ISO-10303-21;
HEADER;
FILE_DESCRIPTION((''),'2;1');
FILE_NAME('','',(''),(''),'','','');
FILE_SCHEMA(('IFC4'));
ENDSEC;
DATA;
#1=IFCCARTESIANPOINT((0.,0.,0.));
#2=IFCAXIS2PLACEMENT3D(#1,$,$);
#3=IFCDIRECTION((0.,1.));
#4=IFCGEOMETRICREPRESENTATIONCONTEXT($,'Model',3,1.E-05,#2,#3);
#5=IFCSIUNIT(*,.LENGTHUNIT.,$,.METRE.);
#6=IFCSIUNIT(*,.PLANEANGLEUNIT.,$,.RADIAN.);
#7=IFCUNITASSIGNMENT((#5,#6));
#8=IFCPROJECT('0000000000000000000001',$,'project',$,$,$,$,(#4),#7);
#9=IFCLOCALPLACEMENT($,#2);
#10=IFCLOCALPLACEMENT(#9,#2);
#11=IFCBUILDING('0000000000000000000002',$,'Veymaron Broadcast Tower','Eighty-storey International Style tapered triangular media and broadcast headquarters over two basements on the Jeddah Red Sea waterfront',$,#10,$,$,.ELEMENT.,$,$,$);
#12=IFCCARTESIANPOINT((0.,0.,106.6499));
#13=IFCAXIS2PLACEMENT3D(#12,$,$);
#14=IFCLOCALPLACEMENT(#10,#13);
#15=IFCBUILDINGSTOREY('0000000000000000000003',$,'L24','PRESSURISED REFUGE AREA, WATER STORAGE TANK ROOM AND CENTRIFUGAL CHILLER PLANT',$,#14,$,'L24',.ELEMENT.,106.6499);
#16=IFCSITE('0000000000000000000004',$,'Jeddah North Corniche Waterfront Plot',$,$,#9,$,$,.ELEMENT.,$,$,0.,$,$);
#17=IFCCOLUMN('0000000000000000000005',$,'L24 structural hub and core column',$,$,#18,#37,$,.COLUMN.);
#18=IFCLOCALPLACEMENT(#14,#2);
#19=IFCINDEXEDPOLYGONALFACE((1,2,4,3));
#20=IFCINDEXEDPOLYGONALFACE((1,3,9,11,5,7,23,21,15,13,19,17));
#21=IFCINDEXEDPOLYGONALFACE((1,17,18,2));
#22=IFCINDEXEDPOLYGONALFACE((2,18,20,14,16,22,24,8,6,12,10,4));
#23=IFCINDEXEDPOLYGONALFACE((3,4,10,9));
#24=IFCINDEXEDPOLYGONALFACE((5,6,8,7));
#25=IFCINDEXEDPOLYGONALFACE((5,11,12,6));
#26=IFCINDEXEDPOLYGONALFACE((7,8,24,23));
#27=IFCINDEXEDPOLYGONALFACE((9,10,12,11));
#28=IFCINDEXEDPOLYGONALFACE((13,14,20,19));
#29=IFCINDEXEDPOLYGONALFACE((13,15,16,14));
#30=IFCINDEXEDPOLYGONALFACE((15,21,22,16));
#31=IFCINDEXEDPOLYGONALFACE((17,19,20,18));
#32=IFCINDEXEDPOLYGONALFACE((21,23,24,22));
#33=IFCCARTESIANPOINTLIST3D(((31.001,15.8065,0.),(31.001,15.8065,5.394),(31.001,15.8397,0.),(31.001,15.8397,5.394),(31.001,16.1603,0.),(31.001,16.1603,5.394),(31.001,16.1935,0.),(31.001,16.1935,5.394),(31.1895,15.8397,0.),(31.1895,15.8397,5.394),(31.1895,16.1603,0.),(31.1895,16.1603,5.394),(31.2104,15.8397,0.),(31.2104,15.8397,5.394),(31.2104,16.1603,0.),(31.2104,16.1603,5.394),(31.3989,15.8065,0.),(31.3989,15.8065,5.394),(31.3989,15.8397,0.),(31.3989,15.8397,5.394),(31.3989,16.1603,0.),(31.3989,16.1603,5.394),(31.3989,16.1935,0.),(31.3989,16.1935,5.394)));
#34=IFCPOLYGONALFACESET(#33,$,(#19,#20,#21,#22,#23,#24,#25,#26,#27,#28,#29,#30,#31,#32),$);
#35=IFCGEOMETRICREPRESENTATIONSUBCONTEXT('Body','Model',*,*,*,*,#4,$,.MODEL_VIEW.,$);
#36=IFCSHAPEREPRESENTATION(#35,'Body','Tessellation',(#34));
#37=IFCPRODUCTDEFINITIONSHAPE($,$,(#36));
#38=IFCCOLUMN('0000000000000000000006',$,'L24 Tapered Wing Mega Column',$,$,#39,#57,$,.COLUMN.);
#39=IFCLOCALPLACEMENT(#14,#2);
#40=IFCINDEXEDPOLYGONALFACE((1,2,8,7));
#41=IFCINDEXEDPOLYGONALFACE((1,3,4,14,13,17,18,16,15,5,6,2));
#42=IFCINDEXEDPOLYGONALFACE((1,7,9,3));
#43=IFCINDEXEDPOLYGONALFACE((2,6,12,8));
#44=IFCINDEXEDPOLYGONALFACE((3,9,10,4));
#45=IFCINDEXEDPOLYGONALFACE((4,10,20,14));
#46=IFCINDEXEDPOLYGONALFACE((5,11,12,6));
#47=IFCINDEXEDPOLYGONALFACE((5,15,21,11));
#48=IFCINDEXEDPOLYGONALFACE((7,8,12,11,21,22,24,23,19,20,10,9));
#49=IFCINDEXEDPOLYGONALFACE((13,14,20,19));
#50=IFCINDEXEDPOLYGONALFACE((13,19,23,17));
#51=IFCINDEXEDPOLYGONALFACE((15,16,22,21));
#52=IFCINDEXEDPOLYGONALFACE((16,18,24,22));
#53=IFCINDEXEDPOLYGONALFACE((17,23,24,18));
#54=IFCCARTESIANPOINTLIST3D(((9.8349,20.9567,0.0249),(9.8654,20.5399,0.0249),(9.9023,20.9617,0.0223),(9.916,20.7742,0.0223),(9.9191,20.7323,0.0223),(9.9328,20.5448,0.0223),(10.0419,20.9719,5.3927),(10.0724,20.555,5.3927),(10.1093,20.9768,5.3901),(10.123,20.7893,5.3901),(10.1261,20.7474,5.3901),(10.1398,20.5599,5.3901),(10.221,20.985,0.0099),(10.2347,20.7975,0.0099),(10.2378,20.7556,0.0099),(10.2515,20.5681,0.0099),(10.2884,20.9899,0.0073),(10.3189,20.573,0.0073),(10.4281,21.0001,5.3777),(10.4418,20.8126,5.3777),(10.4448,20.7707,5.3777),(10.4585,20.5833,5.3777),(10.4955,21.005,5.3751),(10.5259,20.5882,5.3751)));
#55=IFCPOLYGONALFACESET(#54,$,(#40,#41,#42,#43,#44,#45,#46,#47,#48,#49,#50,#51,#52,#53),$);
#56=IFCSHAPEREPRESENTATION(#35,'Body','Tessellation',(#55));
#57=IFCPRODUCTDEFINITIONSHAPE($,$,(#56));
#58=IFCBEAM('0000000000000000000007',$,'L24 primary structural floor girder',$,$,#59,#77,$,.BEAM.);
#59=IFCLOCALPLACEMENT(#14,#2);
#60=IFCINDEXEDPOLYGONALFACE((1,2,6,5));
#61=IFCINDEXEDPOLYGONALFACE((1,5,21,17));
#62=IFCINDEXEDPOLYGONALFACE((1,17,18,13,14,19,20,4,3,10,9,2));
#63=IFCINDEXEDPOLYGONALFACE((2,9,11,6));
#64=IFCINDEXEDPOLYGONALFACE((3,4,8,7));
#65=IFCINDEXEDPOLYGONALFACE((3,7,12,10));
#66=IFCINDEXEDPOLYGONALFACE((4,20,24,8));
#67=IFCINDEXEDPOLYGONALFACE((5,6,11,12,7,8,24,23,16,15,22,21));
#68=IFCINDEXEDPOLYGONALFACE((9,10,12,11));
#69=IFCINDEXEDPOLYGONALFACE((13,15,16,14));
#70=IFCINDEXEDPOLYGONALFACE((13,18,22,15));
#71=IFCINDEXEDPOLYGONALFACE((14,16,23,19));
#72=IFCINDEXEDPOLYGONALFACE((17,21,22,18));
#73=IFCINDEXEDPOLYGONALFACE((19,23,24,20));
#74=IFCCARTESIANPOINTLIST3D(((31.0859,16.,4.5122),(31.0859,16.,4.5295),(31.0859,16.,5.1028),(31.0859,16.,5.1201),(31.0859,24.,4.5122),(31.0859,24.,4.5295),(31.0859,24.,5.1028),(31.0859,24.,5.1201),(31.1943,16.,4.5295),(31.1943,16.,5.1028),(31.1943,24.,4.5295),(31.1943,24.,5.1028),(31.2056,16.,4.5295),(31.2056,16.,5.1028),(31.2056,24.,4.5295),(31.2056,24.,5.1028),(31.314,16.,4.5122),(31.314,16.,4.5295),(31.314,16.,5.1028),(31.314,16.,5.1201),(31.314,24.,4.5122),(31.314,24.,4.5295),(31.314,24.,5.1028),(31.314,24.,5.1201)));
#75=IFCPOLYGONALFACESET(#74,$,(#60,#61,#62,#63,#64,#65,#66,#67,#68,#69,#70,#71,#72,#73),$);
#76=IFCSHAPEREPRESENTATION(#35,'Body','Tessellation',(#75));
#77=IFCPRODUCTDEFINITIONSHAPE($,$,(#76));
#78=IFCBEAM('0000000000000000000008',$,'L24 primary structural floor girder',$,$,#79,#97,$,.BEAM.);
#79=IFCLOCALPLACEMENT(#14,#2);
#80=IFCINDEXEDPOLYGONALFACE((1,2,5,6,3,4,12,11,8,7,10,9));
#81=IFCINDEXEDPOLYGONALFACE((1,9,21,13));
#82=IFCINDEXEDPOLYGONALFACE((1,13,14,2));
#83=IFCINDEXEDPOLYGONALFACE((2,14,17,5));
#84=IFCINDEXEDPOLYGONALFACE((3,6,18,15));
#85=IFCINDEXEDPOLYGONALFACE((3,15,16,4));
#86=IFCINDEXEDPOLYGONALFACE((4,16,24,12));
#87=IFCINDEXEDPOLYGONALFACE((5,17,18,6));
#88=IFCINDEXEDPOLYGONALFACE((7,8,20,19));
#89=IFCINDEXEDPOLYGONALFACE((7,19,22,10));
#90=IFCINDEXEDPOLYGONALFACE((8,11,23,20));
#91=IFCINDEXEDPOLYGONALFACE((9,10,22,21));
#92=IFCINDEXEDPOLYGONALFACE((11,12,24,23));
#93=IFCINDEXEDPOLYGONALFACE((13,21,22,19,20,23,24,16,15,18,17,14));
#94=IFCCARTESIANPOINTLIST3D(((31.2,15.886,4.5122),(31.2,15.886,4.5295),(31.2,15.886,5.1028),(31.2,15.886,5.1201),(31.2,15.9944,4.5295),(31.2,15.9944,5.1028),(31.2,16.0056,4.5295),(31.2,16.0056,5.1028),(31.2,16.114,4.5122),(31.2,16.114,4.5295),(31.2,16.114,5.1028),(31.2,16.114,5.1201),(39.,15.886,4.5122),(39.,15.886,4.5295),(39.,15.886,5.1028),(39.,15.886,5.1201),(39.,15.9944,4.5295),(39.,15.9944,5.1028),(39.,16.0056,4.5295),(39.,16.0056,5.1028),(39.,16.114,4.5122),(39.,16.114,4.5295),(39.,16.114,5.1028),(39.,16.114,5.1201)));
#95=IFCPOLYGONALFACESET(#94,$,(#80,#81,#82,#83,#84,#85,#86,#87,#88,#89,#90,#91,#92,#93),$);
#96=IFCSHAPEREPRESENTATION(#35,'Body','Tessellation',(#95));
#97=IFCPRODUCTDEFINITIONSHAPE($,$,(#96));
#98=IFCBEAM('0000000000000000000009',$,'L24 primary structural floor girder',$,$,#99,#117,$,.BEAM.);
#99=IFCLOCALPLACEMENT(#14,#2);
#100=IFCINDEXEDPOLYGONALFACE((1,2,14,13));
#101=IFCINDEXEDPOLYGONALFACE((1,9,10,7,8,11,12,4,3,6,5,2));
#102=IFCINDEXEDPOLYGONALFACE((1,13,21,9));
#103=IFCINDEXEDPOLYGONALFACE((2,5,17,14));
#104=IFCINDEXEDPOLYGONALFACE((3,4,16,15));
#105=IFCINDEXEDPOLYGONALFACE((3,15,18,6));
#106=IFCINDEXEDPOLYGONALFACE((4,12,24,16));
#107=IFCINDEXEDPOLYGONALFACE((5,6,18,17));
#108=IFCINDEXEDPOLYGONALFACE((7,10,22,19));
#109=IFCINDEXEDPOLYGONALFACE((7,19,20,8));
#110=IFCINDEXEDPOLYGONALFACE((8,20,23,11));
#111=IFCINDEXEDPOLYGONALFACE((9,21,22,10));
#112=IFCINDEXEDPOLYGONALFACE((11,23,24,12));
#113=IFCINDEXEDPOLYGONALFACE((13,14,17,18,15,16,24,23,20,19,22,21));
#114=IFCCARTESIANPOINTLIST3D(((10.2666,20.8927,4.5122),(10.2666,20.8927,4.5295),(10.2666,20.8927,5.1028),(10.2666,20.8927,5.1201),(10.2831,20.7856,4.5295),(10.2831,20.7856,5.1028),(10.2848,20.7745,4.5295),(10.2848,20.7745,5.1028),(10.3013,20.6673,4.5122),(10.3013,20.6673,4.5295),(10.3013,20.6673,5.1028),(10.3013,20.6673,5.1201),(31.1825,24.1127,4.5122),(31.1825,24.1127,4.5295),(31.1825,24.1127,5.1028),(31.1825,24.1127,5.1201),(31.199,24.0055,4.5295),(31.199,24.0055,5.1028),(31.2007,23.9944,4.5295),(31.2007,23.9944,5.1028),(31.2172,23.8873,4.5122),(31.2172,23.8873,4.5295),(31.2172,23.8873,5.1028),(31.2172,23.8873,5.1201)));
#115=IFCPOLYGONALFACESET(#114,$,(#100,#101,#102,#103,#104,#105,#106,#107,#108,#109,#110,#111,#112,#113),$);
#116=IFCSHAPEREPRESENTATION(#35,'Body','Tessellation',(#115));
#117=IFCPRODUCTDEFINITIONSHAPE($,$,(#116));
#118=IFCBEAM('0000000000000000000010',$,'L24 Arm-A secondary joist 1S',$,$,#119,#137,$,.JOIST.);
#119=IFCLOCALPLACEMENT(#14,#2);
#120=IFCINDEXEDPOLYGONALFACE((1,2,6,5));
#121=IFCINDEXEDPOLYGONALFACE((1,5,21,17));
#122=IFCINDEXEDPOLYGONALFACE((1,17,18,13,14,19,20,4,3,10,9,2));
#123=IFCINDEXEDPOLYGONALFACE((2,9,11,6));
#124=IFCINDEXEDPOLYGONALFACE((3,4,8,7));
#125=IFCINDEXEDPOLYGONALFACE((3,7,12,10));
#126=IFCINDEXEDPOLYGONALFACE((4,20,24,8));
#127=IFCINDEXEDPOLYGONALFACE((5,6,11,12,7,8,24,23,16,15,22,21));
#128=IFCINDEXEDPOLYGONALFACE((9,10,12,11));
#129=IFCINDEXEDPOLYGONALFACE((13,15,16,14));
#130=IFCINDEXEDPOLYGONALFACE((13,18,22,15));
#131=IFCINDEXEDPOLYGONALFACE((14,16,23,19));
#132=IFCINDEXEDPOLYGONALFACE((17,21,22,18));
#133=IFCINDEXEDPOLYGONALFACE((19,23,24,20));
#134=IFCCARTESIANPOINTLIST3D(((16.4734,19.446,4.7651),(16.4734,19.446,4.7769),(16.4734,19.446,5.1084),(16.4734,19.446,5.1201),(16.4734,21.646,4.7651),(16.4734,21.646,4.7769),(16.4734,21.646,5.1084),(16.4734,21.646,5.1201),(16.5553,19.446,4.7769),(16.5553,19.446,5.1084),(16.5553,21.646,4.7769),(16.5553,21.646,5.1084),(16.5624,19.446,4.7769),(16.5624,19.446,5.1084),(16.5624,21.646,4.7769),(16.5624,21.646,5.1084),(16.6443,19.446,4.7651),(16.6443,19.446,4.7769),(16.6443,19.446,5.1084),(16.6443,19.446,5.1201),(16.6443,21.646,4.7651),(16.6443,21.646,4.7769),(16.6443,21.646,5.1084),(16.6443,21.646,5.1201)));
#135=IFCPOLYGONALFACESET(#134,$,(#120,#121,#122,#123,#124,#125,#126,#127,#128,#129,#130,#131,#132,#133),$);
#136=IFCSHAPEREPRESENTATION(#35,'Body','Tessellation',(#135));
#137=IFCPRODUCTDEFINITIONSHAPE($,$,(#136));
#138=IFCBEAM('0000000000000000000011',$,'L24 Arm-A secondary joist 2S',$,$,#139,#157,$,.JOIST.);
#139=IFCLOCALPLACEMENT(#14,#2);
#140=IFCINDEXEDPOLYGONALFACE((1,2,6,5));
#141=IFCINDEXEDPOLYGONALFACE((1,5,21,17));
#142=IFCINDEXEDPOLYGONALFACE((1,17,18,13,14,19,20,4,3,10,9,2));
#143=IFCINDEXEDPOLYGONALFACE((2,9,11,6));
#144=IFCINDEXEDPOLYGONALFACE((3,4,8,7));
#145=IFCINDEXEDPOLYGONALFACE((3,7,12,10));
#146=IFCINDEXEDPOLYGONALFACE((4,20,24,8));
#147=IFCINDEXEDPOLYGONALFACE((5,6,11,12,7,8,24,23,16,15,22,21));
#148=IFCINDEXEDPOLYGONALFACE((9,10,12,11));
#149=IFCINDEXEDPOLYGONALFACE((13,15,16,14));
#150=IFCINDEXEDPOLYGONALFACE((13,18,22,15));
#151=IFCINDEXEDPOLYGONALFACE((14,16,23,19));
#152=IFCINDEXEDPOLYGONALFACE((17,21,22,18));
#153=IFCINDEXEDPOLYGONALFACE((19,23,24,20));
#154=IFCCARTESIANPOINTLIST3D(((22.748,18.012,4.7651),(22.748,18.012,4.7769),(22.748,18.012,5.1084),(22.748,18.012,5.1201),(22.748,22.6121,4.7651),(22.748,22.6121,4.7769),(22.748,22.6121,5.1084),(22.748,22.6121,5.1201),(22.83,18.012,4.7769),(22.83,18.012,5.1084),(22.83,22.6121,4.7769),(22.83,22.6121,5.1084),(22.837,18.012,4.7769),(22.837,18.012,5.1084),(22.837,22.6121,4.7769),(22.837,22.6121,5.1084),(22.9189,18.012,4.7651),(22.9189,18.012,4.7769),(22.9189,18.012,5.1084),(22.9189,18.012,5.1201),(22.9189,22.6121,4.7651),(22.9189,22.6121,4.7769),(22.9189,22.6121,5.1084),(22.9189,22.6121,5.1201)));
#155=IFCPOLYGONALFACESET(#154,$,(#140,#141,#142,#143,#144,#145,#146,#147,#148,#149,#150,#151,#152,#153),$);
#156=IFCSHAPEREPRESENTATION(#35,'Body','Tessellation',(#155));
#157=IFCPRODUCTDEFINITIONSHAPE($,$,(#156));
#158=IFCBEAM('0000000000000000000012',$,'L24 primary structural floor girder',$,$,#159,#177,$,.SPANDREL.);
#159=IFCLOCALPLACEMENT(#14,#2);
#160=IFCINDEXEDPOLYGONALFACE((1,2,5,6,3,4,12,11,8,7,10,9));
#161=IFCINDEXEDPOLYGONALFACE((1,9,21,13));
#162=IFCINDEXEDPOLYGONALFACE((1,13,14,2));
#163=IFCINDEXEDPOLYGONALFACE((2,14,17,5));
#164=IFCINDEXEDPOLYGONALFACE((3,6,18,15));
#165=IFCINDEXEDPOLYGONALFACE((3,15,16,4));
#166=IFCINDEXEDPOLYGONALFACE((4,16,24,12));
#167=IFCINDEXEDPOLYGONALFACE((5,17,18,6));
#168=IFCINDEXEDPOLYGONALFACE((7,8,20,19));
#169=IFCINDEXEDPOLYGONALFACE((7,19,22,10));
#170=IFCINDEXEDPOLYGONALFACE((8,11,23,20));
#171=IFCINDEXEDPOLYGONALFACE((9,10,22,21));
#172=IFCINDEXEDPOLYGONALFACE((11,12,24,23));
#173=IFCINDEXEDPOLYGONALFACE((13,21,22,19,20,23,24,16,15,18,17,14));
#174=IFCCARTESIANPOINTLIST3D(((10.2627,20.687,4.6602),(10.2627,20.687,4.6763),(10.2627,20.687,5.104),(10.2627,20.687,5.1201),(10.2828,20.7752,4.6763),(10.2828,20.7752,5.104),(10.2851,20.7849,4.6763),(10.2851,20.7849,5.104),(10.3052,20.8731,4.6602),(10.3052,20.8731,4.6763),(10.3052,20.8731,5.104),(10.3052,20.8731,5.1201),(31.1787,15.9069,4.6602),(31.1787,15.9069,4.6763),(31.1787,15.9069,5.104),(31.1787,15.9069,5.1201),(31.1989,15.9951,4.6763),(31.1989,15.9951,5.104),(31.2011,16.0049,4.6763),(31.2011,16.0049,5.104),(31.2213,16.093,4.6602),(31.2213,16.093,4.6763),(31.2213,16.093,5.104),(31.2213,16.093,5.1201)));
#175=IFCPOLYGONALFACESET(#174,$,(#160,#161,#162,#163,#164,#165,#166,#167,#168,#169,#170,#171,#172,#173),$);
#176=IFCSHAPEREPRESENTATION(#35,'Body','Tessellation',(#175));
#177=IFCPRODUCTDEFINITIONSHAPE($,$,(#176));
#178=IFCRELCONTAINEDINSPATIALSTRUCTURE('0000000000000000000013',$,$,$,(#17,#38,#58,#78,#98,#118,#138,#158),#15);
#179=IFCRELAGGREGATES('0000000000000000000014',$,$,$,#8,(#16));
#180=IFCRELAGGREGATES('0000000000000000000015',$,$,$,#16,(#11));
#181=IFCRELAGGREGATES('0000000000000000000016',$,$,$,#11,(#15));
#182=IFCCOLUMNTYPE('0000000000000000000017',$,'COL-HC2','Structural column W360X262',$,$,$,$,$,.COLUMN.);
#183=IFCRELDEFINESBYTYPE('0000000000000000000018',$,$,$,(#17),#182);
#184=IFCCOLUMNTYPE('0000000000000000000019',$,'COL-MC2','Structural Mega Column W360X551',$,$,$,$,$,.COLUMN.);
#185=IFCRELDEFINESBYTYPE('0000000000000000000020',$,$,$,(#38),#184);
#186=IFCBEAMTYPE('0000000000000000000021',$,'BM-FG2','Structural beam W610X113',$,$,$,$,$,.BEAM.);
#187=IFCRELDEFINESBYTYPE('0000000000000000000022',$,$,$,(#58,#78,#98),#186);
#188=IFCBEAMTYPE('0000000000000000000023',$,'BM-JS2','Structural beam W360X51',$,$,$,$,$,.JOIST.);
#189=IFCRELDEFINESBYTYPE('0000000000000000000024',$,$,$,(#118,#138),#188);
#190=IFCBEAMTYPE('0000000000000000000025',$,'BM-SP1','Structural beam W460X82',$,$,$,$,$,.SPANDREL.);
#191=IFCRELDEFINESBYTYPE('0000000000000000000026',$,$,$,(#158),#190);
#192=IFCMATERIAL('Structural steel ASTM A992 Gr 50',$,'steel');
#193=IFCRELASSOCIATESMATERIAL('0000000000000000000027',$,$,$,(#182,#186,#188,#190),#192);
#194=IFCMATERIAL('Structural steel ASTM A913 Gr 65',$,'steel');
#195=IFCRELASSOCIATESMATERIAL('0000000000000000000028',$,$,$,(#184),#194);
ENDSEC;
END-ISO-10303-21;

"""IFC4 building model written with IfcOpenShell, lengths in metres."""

from ifc_helpers import new_model, si_unit, direction, frame, origin, origin_2d, place, context, subcontext, project, spatial, i_section, extrude, material, material_profile, profile_set, type_object, element, save


model = new_model("IFC4")

# Units and contexts
model_context = context("Model", 3, precision=1e-05, world=origin(), true_north=direction((0.0, 1.0)))
body_context = subcontext(model_context, "Body", "Model", "MODEL_VIEW")
ifc_project = project(units=[si_unit("LENGTHUNIT", "METRE"), si_unit("PLANEANGLEUNIT", "RADIAN")], contexts=[model_context])

# Site, building, storey
site_placement = place(None, origin())
site = spatial("IfcSite", under=ifc_project, at=site_placement, Name="Jeddah North Corniche Waterfront Plot", CompositionType="ELEMENT", RefElevation=0.0)
building_placement = place(site_placement, origin())
building = spatial("IfcBuilding", under=site, at=building_placement, Name="Veymaron Broadcast Tower", Description="Eighty-storey International Style tapered triangular media and broadcast headquarters over two basements on the Jeddah Red Sea waterfront", CompositionType="ELEMENT")
storey_placement = place(building_placement, frame((0.0, 0.0, 106.6499)))
storey = spatial("IfcBuildingStorey", under=building, at=storey_placement, Name="L24", Description="PRESSURISED REFUGE AREA, WATER STORAGE TANK ROOM AND CENTRIFUGAL CHILLER PLANT", LongName="L24", CompositionType="ELEMENT", Elevation=106.6499)

# Columns
ifc_material_1 = material(Name="Structural steel ASTM A992 Gr 50", Category="steel")
ifc_material_profile_1 = material_profile(ifc_material_1, i_section(OverallWidth=0.3979, OverallDepth=0.387, WebThickness=0.021, FlangeThickness=0.0332, at=origin_2d()), Name="W360X262")
ifc_profile_set_1 = profile_set([ifc_material_profile_1], Name="Structural steel ASTM A992 Gr 50")
column_type_1 = type_object("IfcColumnType", Name="COL-HC2", Description="Structural column W360X262", PredefinedType="COLUMN", material=ifc_profile_set_1)
column_1_placement = place(storey_placement, frame((31.2, 16.0, 0.0), z_axis=(0.0, 0.0, 1.0), x_axis=(1.0, 0.0, 0.0)))
element("IfcColumn", 1, at=column_1_placement, inside=storey, type_object=column_type_1, Name="L24 structural hub and core column", PredefinedType="COLUMN", context=body_context, shape_type="SweptSolid", body=[
    extrude(i_section(OverallWidth=0.3979, OverallDepth=0.387, WebThickness=0.021, FlangeThickness=0.0332, at=origin_2d()), origin(), (0.0, 0.0, 1.0), 5.394),
])
ifc_material_2 = material(Name="Structural steel ASTM A913 Gr 65", Category="steel")
ifc_material_profile_2 = material_profile(ifc_material_2, i_section(OverallWidth=0.418, OverallDepth=0.4551, WebThickness=0.042, FlangeThickness=0.0676, at=origin_2d()), Name="W360X551")
ifc_profile_set_2 = profile_set([ifc_material_profile_2], Name="Structural steel ASTM A913 Gr 65")
column_type_2 = type_object("IfcColumnType", Name="COL-MC2", Description="Structural Mega Column W360X551", PredefinedType="COLUMN", material=ifc_profile_set_2)
column_2_placement = place(storey_placement, frame((10.0769, 20.7649, 0.0161), z_axis=(0.038539, 0.002818, 0.999253), x_axis=(-0.072919, 0.997338, 0.0)))
element("IfcColumn", 2, at=column_2_placement, inside=storey, type_object=column_type_2, Name="L24 Tapered Wing Mega Column", PredefinedType="COLUMN", context=body_context, shape_type="SweptSolid", body=[
    extrude(i_section(OverallWidth=0.418, OverallDepth=0.4551, WebThickness=0.042, FlangeThickness=0.0676, at=origin_2d()), origin(), (0.0, 0.0, 1.0), 5.3718),
])

# Beams
ifc_material_profile_3 = material_profile(ifc_material_1, i_section(OverallWidth=0.228, OverallDepth=0.6079, WebThickness=0.0112, FlangeThickness=0.0173, at=origin_2d()), Name="W610X113")
ifc_profile_set_3 = profile_set([ifc_material_profile_3], Name="Structural steel ASTM A992 Gr 50")
beam_type_1 = type_object("IfcBeamType", Name="BM-FG2", Description="Structural beam W610X113", PredefinedType="BEAM", material=ifc_profile_set_3)
beam_1_placement = place(storey_placement, frame((31.2, 16.0, 4.8162), z_axis=(0.0, 1.0, 0.0), x_axis=(-1.0, 0.0, 0.0)))
element("IfcBeam", 3, at=beam_1_placement, inside=storey, type_object=beam_type_1, Name="L24 primary structural floor girder", PredefinedType="BEAM", context=body_context, shape_type="SweptSolid", body=[
    extrude(i_section(OverallWidth=0.228, OverallDepth=0.6079, WebThickness=0.0112, FlangeThickness=0.0173, at=origin_2d()), origin(), (0.0, 0.0, 1.0), 8.0),
])
beam_2_placement = place(storey_placement, frame((31.2, 16.0, 4.8162), z_axis=(1.0, 0.0, 0.0), x_axis=(0.0, 1.0, 0.0)))
element("IfcBeam", 4, at=beam_2_placement, inside=storey, type_object=beam_type_1, Name="L24 primary structural floor girder", PredefinedType="BEAM", context=body_context, shape_type="SweptSolid", body=[
    extrude(i_section(OverallWidth=0.228, OverallDepth=0.6079, WebThickness=0.0112, FlangeThickness=0.0173, at=origin_2d()), origin(), (0.0, 0.0, 1.0), 7.8),
])
beam_3_placement = place(storey_placement, frame((10.2839, 20.78, 4.8162), z_axis=(0.988357, 0.152155, 0.0), x_axis=(-0.152155, 0.988357, 0.0)))
element("IfcBeam", 5, at=beam_3_placement, inside=storey, type_object=beam_type_1, Name="L24 primary structural floor girder", PredefinedType="BEAM", context=body_context, shape_type="SweptSolid", body=[
    extrude(i_section(OverallWidth=0.228, OverallDepth=0.6079, WebThickness=0.0112, FlangeThickness=0.0173, at=origin_2d()), origin(), (0.0, 0.0, 1.0), 21.1624),
])
ifc_material_profile_4 = material_profile(ifc_material_1, i_section(OverallWidth=0.1709, OverallDepth=0.355, WebThickness=0.0071, FlangeThickness=0.0117, at=origin_2d()), Name="W360X51")
ifc_profile_set_4 = profile_set([ifc_material_profile_4], Name="Structural steel ASTM A992 Gr 50")
beam_type_2 = type_object("IfcBeamType", Name="BM-JS2", Description="Structural beam W360X51", PredefinedType="JOIST", material=ifc_profile_set_4)
beam_4_placement = place(storey_placement, frame((16.5588, 19.446, 4.9426), z_axis=(0.0, 1.0, 0.0), x_axis=(-1.0, 0.0, 0.0)))
element("IfcBeam", 6, at=beam_4_placement, inside=storey, type_object=beam_type_2, Name="L24 Arm-A secondary joist 1S", PredefinedType="JOIST", context=body_context, shape_type="SweptSolid", body=[
    extrude(i_section(OverallWidth=0.1709, OverallDepth=0.355, WebThickness=0.0071, FlangeThickness=0.0117, at=origin_2d()), origin(), (0.0, 0.0, 1.0), 2.2),
])
beam_5_placement = place(storey_placement, frame((22.8335, 18.012, 4.9426), z_axis=(0.0, 1.0, 0.0), x_axis=(-1.0, 0.0, 0.0)))
element("IfcBeam", 7, at=beam_5_placement, inside=storey, type_object=beam_type_2, Name="L24 Arm-A secondary joist 2S", PredefinedType="JOIST", context=body_context, shape_type="SweptSolid", body=[
    extrude(i_section(OverallWidth=0.1709, OverallDepth=0.355, WebThickness=0.0071, FlangeThickness=0.0117, at=origin_2d()), origin(), (0.0, 0.0, 1.0), 4.6001),
])
ifc_material_profile_5 = material_profile(ifc_material_1, i_section(OverallWidth=0.1909, OverallDepth=0.46, WebThickness=0.01, FlangeThickness=0.0161, at=origin_2d()), Name="W460X82")
ifc_profile_set_5 = profile_set([ifc_material_profile_5], Name="Structural steel ASTM A992 Gr 50")
beam_type_3 = type_object("IfcBeamType", Name="BM-SP1", Description="Structural beam W460X82", PredefinedType="SPANDREL", material=ifc_profile_set_5)
beam_6_placement = place(storey_placement, frame((10.2839, 20.78, 4.8901), z_axis=(0.974866, -0.222791, 0.0), x_axis=(0.222791, 0.974866, 0.0)))
element("IfcBeam", 8, at=beam_6_placement, inside=storey, type_object=beam_type_3, Name="L24 primary structural floor girder", PredefinedType="SPANDREL", context=body_context, shape_type="SweptSolid", body=[
    extrude(i_section(OverallWidth=0.1909, OverallDepth=0.46, WebThickness=0.01, FlangeThickness=0.0161, at=origin_2d()), origin(), (0.0, 0.0, 1.0), 21.4553),
])

save(model, "model.ifc")
